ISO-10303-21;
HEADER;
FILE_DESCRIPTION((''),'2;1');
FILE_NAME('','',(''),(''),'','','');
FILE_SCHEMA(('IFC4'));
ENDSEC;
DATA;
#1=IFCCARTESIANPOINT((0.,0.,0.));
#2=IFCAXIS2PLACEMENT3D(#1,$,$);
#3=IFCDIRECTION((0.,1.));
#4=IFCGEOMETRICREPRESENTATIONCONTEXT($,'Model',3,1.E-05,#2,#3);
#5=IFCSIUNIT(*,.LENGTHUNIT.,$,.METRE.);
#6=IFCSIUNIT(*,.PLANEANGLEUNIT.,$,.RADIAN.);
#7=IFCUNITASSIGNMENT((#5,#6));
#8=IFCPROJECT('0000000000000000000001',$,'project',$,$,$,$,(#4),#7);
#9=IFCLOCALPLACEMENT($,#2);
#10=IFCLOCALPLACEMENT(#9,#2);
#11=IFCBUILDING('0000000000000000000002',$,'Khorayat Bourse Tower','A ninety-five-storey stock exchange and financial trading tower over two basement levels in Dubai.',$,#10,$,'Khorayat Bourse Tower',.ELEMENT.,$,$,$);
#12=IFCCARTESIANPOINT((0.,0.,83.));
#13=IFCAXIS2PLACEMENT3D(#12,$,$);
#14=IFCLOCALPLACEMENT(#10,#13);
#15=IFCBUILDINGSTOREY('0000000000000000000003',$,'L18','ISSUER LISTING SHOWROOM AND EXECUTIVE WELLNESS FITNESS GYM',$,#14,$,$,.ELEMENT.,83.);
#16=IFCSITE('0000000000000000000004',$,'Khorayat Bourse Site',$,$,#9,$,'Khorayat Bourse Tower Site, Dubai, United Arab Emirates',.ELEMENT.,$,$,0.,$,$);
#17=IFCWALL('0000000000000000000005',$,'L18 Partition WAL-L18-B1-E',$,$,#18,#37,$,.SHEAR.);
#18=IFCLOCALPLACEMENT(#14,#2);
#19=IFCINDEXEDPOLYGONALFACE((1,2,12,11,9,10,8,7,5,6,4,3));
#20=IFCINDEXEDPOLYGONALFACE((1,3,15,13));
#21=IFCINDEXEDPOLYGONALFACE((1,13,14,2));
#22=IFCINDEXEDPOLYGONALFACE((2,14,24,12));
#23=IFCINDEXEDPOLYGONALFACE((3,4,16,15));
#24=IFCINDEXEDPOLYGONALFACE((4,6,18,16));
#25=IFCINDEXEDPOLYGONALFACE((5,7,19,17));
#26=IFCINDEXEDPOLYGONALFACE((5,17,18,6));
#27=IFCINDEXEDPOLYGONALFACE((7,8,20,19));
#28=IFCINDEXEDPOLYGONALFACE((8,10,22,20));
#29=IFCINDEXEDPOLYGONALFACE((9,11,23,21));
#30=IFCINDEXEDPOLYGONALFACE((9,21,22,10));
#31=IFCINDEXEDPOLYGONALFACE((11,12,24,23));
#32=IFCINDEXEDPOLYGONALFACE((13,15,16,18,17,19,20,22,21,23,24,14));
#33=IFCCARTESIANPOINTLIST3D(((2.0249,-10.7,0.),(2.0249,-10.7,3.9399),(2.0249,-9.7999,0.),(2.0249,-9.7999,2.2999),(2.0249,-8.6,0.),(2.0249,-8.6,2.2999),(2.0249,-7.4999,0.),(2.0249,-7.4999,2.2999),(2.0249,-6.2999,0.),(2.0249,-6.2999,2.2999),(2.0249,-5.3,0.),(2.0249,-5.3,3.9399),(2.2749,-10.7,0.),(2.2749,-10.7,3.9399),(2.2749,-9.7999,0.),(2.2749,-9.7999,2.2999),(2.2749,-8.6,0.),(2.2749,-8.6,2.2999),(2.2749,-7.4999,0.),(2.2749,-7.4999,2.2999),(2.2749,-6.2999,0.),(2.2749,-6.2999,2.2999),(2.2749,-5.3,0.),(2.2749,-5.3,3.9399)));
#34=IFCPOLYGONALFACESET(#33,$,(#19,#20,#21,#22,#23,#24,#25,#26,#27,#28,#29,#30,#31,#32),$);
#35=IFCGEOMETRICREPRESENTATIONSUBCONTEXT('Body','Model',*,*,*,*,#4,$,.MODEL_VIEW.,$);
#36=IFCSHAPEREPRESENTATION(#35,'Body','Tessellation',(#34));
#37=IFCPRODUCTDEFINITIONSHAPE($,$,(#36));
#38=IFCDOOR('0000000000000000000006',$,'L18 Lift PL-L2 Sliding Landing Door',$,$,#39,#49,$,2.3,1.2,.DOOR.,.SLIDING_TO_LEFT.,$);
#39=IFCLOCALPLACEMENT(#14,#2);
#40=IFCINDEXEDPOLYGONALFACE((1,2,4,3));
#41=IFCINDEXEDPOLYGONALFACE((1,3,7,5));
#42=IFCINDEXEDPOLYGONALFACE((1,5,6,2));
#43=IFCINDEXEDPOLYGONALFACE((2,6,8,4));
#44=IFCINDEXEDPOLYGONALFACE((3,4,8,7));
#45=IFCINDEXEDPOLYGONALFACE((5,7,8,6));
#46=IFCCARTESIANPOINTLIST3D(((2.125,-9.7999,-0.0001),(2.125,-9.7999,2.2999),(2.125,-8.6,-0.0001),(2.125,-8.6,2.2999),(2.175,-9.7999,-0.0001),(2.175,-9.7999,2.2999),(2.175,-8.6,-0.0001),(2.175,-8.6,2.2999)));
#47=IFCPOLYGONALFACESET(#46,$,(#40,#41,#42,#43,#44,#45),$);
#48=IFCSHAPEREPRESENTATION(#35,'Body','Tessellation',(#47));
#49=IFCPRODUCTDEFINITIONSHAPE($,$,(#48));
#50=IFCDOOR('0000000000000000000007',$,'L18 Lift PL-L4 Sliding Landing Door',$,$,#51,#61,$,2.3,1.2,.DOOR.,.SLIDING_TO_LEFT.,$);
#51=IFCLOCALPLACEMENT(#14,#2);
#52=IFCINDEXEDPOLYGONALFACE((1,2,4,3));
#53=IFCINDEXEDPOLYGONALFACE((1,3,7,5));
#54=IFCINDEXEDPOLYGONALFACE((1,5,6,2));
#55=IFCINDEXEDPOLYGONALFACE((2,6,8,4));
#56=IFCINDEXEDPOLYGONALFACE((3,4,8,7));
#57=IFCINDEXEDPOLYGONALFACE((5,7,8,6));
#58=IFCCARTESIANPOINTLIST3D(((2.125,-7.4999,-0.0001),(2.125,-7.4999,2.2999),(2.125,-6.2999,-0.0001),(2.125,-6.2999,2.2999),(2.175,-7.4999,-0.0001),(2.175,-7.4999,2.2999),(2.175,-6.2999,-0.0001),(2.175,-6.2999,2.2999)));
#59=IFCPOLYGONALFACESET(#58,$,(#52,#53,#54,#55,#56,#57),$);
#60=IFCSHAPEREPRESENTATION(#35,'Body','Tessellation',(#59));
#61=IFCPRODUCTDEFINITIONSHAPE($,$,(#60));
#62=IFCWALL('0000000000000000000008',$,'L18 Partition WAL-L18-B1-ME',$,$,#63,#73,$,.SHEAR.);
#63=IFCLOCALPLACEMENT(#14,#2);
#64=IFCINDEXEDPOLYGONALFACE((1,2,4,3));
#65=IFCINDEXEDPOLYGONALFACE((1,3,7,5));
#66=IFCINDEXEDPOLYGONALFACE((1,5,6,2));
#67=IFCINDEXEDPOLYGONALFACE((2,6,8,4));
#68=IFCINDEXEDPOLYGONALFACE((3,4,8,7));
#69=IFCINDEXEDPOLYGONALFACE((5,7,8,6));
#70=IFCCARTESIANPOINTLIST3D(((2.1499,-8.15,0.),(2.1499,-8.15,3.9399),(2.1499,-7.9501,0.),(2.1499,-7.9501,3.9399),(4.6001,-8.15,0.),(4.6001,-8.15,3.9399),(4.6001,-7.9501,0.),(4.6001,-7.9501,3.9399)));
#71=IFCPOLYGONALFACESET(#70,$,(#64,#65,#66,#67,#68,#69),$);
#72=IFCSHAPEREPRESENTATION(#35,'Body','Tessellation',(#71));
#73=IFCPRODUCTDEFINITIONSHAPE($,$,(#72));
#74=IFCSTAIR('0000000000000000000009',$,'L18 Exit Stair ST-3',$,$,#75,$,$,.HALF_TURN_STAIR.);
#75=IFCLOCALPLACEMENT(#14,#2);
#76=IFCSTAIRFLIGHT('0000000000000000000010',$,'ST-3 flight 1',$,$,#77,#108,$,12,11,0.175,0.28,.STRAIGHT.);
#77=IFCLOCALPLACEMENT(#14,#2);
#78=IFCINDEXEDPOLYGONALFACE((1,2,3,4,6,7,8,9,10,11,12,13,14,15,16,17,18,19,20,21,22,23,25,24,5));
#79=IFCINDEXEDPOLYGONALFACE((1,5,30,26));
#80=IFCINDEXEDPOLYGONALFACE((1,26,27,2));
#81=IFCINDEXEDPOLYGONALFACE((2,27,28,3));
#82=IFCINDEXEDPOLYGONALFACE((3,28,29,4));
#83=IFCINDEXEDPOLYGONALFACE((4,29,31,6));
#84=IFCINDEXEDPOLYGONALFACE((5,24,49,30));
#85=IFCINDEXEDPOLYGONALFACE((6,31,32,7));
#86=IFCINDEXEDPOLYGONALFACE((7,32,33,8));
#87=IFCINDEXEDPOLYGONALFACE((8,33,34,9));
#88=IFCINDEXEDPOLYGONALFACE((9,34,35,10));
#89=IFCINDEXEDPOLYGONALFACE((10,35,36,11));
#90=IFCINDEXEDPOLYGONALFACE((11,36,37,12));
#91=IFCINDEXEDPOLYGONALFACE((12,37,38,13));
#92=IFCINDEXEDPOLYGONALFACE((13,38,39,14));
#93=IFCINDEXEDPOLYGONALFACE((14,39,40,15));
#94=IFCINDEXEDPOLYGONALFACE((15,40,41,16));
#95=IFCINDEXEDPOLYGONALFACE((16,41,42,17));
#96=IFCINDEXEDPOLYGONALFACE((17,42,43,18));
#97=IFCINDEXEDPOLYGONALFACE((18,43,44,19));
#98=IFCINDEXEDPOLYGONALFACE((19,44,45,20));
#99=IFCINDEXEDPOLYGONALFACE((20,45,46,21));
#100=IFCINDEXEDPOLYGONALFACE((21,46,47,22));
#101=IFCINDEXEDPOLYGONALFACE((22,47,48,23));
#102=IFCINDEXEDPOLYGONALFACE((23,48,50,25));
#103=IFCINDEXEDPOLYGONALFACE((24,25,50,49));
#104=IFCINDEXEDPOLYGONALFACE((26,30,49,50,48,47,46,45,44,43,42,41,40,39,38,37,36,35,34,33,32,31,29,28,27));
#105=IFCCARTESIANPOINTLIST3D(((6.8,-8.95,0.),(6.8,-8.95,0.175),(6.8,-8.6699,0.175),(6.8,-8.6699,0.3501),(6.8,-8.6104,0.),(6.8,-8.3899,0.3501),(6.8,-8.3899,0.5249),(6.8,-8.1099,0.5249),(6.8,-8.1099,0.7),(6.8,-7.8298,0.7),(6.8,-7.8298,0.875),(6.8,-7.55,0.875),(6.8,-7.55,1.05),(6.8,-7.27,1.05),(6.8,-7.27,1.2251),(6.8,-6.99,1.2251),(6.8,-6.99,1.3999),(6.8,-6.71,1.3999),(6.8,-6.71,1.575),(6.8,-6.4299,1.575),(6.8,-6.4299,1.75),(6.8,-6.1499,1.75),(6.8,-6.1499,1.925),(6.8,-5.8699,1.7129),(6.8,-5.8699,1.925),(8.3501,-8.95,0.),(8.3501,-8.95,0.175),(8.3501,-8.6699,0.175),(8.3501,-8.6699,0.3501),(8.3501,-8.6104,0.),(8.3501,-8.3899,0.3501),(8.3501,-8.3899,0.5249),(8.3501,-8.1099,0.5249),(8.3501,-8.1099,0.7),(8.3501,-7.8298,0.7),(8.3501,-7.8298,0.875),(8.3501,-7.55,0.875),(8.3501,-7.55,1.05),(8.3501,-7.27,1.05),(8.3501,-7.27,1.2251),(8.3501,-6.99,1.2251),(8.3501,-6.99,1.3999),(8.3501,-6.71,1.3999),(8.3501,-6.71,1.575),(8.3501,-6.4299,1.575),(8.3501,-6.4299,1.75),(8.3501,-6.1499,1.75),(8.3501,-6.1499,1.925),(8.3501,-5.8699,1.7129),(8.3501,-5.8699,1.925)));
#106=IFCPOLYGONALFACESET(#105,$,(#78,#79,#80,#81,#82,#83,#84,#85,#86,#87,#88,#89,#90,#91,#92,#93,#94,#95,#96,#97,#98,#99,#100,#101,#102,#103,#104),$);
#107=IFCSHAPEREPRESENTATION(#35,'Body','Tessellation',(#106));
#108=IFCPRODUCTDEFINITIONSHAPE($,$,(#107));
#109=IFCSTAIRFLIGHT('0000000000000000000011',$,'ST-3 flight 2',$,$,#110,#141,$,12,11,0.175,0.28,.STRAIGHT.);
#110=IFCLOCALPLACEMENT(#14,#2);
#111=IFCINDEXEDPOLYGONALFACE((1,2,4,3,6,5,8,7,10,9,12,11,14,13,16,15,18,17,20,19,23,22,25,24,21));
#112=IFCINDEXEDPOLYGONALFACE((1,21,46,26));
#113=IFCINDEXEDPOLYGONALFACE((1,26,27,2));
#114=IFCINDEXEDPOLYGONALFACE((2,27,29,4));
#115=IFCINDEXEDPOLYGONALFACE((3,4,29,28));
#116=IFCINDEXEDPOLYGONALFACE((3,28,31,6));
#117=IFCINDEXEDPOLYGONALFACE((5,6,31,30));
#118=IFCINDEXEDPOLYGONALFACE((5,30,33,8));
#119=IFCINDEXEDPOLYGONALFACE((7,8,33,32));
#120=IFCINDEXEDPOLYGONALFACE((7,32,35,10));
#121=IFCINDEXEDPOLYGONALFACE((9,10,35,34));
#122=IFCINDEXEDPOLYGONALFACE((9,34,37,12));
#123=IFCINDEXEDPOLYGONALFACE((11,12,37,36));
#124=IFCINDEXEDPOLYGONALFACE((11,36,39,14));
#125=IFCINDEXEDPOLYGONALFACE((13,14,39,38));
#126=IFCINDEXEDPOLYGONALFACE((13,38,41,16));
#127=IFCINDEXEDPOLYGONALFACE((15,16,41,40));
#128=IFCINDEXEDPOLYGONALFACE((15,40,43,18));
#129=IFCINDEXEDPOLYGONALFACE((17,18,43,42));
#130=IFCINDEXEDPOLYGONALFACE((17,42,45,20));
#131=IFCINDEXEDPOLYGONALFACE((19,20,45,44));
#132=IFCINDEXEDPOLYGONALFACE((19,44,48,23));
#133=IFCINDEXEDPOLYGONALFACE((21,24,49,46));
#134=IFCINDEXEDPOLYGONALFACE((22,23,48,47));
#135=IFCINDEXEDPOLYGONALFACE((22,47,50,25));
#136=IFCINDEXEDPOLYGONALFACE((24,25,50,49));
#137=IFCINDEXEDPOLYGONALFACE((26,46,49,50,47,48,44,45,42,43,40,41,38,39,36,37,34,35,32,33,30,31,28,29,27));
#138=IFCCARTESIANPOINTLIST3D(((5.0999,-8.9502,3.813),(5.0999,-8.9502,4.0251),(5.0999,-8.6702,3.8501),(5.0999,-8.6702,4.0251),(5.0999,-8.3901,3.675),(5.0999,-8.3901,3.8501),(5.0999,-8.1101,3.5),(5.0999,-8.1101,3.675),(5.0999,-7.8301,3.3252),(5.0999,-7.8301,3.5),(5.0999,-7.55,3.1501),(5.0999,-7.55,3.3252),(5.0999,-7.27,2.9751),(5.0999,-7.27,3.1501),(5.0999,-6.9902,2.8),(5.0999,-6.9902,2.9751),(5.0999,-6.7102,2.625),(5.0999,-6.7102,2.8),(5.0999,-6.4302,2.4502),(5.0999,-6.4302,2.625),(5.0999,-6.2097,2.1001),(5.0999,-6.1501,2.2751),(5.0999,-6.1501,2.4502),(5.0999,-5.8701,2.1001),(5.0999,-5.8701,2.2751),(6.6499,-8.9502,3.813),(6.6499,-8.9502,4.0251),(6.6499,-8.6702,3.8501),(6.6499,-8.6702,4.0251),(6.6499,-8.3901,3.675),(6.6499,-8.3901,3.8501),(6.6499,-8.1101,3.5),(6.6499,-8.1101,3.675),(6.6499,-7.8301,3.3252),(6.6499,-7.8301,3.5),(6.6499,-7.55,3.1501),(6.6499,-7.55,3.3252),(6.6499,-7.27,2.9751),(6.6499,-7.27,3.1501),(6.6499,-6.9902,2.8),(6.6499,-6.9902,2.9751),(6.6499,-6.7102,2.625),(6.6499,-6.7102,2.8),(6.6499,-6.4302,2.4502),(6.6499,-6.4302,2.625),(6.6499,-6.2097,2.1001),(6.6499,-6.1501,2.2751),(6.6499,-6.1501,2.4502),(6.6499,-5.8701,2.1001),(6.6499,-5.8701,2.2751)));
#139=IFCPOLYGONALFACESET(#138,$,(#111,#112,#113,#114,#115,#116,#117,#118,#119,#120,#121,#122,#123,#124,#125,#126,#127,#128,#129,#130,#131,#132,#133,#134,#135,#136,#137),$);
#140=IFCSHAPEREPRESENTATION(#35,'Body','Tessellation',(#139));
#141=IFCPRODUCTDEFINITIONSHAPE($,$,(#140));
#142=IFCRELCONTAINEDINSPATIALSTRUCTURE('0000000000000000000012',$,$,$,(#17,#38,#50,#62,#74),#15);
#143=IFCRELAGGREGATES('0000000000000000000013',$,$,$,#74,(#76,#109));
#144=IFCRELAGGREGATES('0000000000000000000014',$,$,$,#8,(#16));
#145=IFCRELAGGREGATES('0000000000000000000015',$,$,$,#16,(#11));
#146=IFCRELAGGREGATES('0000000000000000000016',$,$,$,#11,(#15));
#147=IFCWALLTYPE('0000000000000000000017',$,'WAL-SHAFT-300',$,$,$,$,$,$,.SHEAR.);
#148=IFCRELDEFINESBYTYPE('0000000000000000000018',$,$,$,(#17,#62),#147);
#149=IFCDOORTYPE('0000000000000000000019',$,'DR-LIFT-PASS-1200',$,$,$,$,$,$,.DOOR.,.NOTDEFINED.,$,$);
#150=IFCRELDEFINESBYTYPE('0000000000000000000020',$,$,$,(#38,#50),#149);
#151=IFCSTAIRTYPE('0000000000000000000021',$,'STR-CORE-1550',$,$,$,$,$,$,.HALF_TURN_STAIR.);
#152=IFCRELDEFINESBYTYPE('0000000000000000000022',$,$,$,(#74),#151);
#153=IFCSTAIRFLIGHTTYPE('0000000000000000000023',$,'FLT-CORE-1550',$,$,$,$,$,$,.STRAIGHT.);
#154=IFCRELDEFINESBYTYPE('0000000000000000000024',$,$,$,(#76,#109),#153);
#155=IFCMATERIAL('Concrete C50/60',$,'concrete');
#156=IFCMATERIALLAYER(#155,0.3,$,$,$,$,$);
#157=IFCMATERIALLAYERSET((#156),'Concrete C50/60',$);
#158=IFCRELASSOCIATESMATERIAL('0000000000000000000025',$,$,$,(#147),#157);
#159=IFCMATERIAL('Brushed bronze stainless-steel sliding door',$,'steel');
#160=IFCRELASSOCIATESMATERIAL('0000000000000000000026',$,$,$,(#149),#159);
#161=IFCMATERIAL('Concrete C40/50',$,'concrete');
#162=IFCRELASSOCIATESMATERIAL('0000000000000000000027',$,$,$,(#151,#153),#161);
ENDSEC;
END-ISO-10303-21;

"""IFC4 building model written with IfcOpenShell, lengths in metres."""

from ifc_helpers import new_model, si_unit, direction, frame, frame_2d, origin, place, context, subcontext, project, spatial, polyline, rectangle, outline, extrude, source, transform, mapped, material, layer, layer_set, type_object, element, fill, aggregate, save


model = new_model("IFC4")

# Units and contexts
model_context = context("Model", 3, precision=1e-05, world=origin(), true_north=direction((0.0, 1.0)))
body_context = subcontext(model_context, "Body", "Model", "MODEL_VIEW")
ifc_project = project(units=[si_unit("LENGTHUNIT", "METRE"), si_unit("PLANEANGLEUNIT", "RADIAN")], contexts=[model_context])

# Site, building, storey
site_placement = place(None, origin())
site = spatial("IfcSite", under=ifc_project, at=site_placement, Name="Khorayat Bourse Site", LongName="Khorayat Bourse Tower Site, Dubai, United Arab Emirates", CompositionType="ELEMENT", RefElevation=0.0)
building_placement = place(site_placement, origin())
building = spatial("IfcBuilding", under=site, at=building_placement, Name="Khorayat Bourse Tower", Description="A ninety-five-storey stock exchange and financial trading tower over two basement levels in Dubai.", LongName="Khorayat Bourse Tower", CompositionType="ELEMENT")
storey_placement = place(building_placement, frame((0.0, 0.0, 83.0)))
storey = spatial("IfcBuildingStorey", under=building, at=storey_placement, Name="L18", Description="ISSUER LISTING SHOWROOM AND EXECUTIVE WELLNESS FITNESS GYM", CompositionType="ELEMENT", Elevation=83.0)

# Shared definitions
ifc_material_1 = material(Name="Concrete C50/60", Category="concrete")
ifc_layer_1 = layer(ifc_material_1, 0.3)
ifc_layer_set_1 = layer_set([ifc_layer_1], Name="Concrete C50/60")
wall_type_1 = type_object("IfcWallType", Name="WAL-SHAFT-300", PredefinedType="SHEAR", material=ifc_layer_set_1)

# Wall, openings, doors
shared_shape_1 = source(origin(), body_context, "Body", "SweptSolid", [
    extrude(rectangle(XDim=5.3999, YDim=0.25, at=frame_2d((2.7, 0.0))), origin(), (0.0, 0.0, 1.0), 3.9399),
])
shared_shape_2 = source(origin(), body_context, "Body", "SweptSolid", [
    extrude(rectangle(XDim=1.2, YDim=2.3, at=frame_2d((0.6001, 1.1499))), frame((0.0, 0.135, 0.0), z_axis=(0.0, -1.0, 0.0), x_axis=(1.0, 0.0, 0.0)), (0.0, 0.0, 1.0), 0.27),
])
ifc_material_2 = material(Name="Brushed bronze stainless-steel sliding door", Category="steel")
door_type_1 = type_object("IfcDoorType", Name="DR-LIFT-PASS-1200", OperationType="NOTDEFINED", PredefinedType="DOOR", material=ifc_material_2)
shared_shape_3 = source(origin(), body_context, "Body", "SweptSolid", [
    extrude(rectangle(XDim=1.2, YDim=2.3, at=frame_2d((0.6001, 1.1499))), frame((0.0, 0.0249, 0.0), z_axis=(0.0, -1.0, 0.0), x_axis=(1.0, 0.0, 0.0)), (0.0, 0.0, 1.0), 0.05),
])
wall_1_placement = place(storey_placement, frame((2.1499, -10.7, 0.0), z_axis=(0.0, 0.0, 1.0), x_axis=(0.0, 1.0, 0.0)))
wall_1 = element("IfcWall", 1, at=wall_1_placement, inside=storey, type_object=wall_type_1, Name="L18 Partition WAL-L18-B1-E", PredefinedType="SHEAR", context=body_context, shape_type="MappedRepresentation", body=[
    mapped(shared_shape_1, transform((0.0, 0.0, 0.0), scale=1.0)),
])
opening_1_placement = place(wall_1_placement, frame((0.8999, 0.0, 0.0)))
opening_1 = element("IfcOpeningElement", 2, at=opening_1_placement, cuts=wall_1, PredefinedType="OPENING", context=body_context, shape_type="MappedRepresentation", body=[
    mapped(shared_shape_2, transform((0.0, 0.0, 0.0), scale=1.0)),
])
opening_2_placement = place(wall_1_placement, frame((3.2, 0.0, 0.0)))
opening_2 = element("IfcOpeningElement", 3, at=opening_2_placement, cuts=wall_1, PredefinedType="OPENING", context=body_context, shape_type="MappedRepresentation", body=[
    mapped(shared_shape_2, transform((0.0, 0.0, 0.0), scale=1.0)),
])
door_1_placement = place(opening_1_placement, origin())
door_1 = element("IfcDoor", 4, at=door_1_placement, inside=storey, type_object=door_type_1, Name="L18 Lift PL-L2 Sliding Landing Door", OperationType="SLIDING_TO_LEFT", OverallHeight=2.3, OverallWidth=1.2, PredefinedType="DOOR", context=body_context, shape_type="MappedRepresentation", body=[
    mapped(shared_shape_3, transform((0.0, 0.0, 0.0), scale=1.0)),
])
fill(opening_1, door_1)
door_2_placement = place(opening_2_placement, origin())
door_2 = element("IfcDoor", 5, at=door_2_placement, inside=storey, type_object=door_type_1, Name="L18 Lift PL-L4 Sliding Landing Door", OperationType="SLIDING_TO_LEFT", OverallHeight=2.3, OverallWidth=1.2, PredefinedType="DOOR", context=body_context, shape_type="MappedRepresentation", body=[
    mapped(shared_shape_3, transform((0.0, 0.0, 0.0), scale=1.0)),
])
fill(opening_2, door_2)

# Wall
shared_shape_4 = source(origin(), body_context, "Body", "SweptSolid", [
    extrude(rectangle(XDim=2.4502, YDim=0.2, at=frame_2d((1.2251, 0.0))), origin(), (0.0, 0.0, 1.0), 3.9399),
])
wall_2_placement = place(storey_placement, frame((2.1499, -8.05, 0.0), z_axis=(0.0, 0.0, 1.0), x_axis=(1.0, 0.0, 0.0)))
element("IfcWall", 6, at=wall_2_placement, inside=storey, type_object=wall_type_1, Name="L18 Partition WAL-L18-B1-ME", PredefinedType="SHEAR", context=body_context, shape_type="MappedRepresentation", body=[
    mapped(shared_shape_4, transform((0.0, 0.0, 0.0), scale=1.0)),
])

# Stair, stair flights
ifc_material_3 = material(Name="Concrete C40/50", Category="concrete")
stair_type = type_object("IfcStairType", Name="STR-CORE-1550", PredefinedType="HALF_TURN_STAIR", material=ifc_material_3)
stair_placement = place(storey_placement, origin())
stair = element("IfcStair", 7, at=stair_placement, inside=storey, type_object=stair_type, Name="L18 Exit Stair ST-3", PredefinedType="HALF_TURN_STAIR")
stair_flight_type = type_object("IfcStairFlightType", Name="FLT-CORE-1550", PredefinedType="STRAIGHT", material=ifc_material_3)
shared_shape_5 = source(origin(), body_context, "Body", "SweptSolid", [
    extrude(outline(polyline([(0.0, 0.0), (0.0, 0.175), (0.28, 0.175), (0.28, 0.3501), (0.5601, 0.3501), (0.5601, 0.5249), (0.8401, 0.5249), (0.8401, 0.7), (1.1201, 0.7), (1.1201, 0.875), (1.3999, 0.875), (1.3999, 1.05), (1.6799, 1.05), (1.6799, 1.2251), (1.96, 1.2251), (1.96, 1.3999), (2.24, 1.3999), (2.24, 1.575), (2.52, 1.575), (2.52, 1.75), (2.8, 1.75), (2.8, 1.925), (3.0801, 1.925), (3.0801, 2.1001), (3.0801, 1.7129), (0.3396, 0.0), (0.0, 0.0)])), frame((0.0, 0.7749, 0.0), z_axis=(0.0, -1.0, 0.0), x_axis=(1.0, 0.0, 0.0)), (0.0, 0.0, 1.0), 1.55),
])
stair_flight_1_placement = place(storey_placement, frame((7.575, -8.95, 0.0), z_axis=(0.0, 0.0, 1.0), x_axis=(0.0, 1.0, 0.0)))
stair_flight_1 = element("IfcStairFlight", 8, at=stair_flight_1_placement, type_object=stair_flight_type, Name="ST-3 flight 1", NumberOfRisers=12, NumberOfTreads=11, PredefinedType="STRAIGHT", RiserHeight=0.175, TreadLength=0.28, context=body_context, shape_type="MappedRepresentation", body=[
    mapped(shared_shape_5, transform((0.0, 0.0, 0.0), scale=1.0)),
])
stair_flight_2_placement = place(storey_placement, frame((5.875, -5.8701, 2.1001), z_axis=(0.0, 0.0, 1.0), x_axis=(0.0, -1.0, 0.0)))
stair_flight_2 = element("IfcStairFlight", 9, at=stair_flight_2_placement, type_object=stair_flight_type, Name="ST-3 flight 2", NumberOfRisers=12, NumberOfTreads=11, PredefinedType="STRAIGHT", RiserHeight=0.175, TreadLength=0.28, context=body_context, shape_type="MappedRepresentation", body=[
    mapped(shared_shape_5, transform((0.0, 0.0, 0.0), scale=1.0)),
])
aggregate(stair, [stair_flight_1, stair_flight_2])

save(model, "model.ifc")
